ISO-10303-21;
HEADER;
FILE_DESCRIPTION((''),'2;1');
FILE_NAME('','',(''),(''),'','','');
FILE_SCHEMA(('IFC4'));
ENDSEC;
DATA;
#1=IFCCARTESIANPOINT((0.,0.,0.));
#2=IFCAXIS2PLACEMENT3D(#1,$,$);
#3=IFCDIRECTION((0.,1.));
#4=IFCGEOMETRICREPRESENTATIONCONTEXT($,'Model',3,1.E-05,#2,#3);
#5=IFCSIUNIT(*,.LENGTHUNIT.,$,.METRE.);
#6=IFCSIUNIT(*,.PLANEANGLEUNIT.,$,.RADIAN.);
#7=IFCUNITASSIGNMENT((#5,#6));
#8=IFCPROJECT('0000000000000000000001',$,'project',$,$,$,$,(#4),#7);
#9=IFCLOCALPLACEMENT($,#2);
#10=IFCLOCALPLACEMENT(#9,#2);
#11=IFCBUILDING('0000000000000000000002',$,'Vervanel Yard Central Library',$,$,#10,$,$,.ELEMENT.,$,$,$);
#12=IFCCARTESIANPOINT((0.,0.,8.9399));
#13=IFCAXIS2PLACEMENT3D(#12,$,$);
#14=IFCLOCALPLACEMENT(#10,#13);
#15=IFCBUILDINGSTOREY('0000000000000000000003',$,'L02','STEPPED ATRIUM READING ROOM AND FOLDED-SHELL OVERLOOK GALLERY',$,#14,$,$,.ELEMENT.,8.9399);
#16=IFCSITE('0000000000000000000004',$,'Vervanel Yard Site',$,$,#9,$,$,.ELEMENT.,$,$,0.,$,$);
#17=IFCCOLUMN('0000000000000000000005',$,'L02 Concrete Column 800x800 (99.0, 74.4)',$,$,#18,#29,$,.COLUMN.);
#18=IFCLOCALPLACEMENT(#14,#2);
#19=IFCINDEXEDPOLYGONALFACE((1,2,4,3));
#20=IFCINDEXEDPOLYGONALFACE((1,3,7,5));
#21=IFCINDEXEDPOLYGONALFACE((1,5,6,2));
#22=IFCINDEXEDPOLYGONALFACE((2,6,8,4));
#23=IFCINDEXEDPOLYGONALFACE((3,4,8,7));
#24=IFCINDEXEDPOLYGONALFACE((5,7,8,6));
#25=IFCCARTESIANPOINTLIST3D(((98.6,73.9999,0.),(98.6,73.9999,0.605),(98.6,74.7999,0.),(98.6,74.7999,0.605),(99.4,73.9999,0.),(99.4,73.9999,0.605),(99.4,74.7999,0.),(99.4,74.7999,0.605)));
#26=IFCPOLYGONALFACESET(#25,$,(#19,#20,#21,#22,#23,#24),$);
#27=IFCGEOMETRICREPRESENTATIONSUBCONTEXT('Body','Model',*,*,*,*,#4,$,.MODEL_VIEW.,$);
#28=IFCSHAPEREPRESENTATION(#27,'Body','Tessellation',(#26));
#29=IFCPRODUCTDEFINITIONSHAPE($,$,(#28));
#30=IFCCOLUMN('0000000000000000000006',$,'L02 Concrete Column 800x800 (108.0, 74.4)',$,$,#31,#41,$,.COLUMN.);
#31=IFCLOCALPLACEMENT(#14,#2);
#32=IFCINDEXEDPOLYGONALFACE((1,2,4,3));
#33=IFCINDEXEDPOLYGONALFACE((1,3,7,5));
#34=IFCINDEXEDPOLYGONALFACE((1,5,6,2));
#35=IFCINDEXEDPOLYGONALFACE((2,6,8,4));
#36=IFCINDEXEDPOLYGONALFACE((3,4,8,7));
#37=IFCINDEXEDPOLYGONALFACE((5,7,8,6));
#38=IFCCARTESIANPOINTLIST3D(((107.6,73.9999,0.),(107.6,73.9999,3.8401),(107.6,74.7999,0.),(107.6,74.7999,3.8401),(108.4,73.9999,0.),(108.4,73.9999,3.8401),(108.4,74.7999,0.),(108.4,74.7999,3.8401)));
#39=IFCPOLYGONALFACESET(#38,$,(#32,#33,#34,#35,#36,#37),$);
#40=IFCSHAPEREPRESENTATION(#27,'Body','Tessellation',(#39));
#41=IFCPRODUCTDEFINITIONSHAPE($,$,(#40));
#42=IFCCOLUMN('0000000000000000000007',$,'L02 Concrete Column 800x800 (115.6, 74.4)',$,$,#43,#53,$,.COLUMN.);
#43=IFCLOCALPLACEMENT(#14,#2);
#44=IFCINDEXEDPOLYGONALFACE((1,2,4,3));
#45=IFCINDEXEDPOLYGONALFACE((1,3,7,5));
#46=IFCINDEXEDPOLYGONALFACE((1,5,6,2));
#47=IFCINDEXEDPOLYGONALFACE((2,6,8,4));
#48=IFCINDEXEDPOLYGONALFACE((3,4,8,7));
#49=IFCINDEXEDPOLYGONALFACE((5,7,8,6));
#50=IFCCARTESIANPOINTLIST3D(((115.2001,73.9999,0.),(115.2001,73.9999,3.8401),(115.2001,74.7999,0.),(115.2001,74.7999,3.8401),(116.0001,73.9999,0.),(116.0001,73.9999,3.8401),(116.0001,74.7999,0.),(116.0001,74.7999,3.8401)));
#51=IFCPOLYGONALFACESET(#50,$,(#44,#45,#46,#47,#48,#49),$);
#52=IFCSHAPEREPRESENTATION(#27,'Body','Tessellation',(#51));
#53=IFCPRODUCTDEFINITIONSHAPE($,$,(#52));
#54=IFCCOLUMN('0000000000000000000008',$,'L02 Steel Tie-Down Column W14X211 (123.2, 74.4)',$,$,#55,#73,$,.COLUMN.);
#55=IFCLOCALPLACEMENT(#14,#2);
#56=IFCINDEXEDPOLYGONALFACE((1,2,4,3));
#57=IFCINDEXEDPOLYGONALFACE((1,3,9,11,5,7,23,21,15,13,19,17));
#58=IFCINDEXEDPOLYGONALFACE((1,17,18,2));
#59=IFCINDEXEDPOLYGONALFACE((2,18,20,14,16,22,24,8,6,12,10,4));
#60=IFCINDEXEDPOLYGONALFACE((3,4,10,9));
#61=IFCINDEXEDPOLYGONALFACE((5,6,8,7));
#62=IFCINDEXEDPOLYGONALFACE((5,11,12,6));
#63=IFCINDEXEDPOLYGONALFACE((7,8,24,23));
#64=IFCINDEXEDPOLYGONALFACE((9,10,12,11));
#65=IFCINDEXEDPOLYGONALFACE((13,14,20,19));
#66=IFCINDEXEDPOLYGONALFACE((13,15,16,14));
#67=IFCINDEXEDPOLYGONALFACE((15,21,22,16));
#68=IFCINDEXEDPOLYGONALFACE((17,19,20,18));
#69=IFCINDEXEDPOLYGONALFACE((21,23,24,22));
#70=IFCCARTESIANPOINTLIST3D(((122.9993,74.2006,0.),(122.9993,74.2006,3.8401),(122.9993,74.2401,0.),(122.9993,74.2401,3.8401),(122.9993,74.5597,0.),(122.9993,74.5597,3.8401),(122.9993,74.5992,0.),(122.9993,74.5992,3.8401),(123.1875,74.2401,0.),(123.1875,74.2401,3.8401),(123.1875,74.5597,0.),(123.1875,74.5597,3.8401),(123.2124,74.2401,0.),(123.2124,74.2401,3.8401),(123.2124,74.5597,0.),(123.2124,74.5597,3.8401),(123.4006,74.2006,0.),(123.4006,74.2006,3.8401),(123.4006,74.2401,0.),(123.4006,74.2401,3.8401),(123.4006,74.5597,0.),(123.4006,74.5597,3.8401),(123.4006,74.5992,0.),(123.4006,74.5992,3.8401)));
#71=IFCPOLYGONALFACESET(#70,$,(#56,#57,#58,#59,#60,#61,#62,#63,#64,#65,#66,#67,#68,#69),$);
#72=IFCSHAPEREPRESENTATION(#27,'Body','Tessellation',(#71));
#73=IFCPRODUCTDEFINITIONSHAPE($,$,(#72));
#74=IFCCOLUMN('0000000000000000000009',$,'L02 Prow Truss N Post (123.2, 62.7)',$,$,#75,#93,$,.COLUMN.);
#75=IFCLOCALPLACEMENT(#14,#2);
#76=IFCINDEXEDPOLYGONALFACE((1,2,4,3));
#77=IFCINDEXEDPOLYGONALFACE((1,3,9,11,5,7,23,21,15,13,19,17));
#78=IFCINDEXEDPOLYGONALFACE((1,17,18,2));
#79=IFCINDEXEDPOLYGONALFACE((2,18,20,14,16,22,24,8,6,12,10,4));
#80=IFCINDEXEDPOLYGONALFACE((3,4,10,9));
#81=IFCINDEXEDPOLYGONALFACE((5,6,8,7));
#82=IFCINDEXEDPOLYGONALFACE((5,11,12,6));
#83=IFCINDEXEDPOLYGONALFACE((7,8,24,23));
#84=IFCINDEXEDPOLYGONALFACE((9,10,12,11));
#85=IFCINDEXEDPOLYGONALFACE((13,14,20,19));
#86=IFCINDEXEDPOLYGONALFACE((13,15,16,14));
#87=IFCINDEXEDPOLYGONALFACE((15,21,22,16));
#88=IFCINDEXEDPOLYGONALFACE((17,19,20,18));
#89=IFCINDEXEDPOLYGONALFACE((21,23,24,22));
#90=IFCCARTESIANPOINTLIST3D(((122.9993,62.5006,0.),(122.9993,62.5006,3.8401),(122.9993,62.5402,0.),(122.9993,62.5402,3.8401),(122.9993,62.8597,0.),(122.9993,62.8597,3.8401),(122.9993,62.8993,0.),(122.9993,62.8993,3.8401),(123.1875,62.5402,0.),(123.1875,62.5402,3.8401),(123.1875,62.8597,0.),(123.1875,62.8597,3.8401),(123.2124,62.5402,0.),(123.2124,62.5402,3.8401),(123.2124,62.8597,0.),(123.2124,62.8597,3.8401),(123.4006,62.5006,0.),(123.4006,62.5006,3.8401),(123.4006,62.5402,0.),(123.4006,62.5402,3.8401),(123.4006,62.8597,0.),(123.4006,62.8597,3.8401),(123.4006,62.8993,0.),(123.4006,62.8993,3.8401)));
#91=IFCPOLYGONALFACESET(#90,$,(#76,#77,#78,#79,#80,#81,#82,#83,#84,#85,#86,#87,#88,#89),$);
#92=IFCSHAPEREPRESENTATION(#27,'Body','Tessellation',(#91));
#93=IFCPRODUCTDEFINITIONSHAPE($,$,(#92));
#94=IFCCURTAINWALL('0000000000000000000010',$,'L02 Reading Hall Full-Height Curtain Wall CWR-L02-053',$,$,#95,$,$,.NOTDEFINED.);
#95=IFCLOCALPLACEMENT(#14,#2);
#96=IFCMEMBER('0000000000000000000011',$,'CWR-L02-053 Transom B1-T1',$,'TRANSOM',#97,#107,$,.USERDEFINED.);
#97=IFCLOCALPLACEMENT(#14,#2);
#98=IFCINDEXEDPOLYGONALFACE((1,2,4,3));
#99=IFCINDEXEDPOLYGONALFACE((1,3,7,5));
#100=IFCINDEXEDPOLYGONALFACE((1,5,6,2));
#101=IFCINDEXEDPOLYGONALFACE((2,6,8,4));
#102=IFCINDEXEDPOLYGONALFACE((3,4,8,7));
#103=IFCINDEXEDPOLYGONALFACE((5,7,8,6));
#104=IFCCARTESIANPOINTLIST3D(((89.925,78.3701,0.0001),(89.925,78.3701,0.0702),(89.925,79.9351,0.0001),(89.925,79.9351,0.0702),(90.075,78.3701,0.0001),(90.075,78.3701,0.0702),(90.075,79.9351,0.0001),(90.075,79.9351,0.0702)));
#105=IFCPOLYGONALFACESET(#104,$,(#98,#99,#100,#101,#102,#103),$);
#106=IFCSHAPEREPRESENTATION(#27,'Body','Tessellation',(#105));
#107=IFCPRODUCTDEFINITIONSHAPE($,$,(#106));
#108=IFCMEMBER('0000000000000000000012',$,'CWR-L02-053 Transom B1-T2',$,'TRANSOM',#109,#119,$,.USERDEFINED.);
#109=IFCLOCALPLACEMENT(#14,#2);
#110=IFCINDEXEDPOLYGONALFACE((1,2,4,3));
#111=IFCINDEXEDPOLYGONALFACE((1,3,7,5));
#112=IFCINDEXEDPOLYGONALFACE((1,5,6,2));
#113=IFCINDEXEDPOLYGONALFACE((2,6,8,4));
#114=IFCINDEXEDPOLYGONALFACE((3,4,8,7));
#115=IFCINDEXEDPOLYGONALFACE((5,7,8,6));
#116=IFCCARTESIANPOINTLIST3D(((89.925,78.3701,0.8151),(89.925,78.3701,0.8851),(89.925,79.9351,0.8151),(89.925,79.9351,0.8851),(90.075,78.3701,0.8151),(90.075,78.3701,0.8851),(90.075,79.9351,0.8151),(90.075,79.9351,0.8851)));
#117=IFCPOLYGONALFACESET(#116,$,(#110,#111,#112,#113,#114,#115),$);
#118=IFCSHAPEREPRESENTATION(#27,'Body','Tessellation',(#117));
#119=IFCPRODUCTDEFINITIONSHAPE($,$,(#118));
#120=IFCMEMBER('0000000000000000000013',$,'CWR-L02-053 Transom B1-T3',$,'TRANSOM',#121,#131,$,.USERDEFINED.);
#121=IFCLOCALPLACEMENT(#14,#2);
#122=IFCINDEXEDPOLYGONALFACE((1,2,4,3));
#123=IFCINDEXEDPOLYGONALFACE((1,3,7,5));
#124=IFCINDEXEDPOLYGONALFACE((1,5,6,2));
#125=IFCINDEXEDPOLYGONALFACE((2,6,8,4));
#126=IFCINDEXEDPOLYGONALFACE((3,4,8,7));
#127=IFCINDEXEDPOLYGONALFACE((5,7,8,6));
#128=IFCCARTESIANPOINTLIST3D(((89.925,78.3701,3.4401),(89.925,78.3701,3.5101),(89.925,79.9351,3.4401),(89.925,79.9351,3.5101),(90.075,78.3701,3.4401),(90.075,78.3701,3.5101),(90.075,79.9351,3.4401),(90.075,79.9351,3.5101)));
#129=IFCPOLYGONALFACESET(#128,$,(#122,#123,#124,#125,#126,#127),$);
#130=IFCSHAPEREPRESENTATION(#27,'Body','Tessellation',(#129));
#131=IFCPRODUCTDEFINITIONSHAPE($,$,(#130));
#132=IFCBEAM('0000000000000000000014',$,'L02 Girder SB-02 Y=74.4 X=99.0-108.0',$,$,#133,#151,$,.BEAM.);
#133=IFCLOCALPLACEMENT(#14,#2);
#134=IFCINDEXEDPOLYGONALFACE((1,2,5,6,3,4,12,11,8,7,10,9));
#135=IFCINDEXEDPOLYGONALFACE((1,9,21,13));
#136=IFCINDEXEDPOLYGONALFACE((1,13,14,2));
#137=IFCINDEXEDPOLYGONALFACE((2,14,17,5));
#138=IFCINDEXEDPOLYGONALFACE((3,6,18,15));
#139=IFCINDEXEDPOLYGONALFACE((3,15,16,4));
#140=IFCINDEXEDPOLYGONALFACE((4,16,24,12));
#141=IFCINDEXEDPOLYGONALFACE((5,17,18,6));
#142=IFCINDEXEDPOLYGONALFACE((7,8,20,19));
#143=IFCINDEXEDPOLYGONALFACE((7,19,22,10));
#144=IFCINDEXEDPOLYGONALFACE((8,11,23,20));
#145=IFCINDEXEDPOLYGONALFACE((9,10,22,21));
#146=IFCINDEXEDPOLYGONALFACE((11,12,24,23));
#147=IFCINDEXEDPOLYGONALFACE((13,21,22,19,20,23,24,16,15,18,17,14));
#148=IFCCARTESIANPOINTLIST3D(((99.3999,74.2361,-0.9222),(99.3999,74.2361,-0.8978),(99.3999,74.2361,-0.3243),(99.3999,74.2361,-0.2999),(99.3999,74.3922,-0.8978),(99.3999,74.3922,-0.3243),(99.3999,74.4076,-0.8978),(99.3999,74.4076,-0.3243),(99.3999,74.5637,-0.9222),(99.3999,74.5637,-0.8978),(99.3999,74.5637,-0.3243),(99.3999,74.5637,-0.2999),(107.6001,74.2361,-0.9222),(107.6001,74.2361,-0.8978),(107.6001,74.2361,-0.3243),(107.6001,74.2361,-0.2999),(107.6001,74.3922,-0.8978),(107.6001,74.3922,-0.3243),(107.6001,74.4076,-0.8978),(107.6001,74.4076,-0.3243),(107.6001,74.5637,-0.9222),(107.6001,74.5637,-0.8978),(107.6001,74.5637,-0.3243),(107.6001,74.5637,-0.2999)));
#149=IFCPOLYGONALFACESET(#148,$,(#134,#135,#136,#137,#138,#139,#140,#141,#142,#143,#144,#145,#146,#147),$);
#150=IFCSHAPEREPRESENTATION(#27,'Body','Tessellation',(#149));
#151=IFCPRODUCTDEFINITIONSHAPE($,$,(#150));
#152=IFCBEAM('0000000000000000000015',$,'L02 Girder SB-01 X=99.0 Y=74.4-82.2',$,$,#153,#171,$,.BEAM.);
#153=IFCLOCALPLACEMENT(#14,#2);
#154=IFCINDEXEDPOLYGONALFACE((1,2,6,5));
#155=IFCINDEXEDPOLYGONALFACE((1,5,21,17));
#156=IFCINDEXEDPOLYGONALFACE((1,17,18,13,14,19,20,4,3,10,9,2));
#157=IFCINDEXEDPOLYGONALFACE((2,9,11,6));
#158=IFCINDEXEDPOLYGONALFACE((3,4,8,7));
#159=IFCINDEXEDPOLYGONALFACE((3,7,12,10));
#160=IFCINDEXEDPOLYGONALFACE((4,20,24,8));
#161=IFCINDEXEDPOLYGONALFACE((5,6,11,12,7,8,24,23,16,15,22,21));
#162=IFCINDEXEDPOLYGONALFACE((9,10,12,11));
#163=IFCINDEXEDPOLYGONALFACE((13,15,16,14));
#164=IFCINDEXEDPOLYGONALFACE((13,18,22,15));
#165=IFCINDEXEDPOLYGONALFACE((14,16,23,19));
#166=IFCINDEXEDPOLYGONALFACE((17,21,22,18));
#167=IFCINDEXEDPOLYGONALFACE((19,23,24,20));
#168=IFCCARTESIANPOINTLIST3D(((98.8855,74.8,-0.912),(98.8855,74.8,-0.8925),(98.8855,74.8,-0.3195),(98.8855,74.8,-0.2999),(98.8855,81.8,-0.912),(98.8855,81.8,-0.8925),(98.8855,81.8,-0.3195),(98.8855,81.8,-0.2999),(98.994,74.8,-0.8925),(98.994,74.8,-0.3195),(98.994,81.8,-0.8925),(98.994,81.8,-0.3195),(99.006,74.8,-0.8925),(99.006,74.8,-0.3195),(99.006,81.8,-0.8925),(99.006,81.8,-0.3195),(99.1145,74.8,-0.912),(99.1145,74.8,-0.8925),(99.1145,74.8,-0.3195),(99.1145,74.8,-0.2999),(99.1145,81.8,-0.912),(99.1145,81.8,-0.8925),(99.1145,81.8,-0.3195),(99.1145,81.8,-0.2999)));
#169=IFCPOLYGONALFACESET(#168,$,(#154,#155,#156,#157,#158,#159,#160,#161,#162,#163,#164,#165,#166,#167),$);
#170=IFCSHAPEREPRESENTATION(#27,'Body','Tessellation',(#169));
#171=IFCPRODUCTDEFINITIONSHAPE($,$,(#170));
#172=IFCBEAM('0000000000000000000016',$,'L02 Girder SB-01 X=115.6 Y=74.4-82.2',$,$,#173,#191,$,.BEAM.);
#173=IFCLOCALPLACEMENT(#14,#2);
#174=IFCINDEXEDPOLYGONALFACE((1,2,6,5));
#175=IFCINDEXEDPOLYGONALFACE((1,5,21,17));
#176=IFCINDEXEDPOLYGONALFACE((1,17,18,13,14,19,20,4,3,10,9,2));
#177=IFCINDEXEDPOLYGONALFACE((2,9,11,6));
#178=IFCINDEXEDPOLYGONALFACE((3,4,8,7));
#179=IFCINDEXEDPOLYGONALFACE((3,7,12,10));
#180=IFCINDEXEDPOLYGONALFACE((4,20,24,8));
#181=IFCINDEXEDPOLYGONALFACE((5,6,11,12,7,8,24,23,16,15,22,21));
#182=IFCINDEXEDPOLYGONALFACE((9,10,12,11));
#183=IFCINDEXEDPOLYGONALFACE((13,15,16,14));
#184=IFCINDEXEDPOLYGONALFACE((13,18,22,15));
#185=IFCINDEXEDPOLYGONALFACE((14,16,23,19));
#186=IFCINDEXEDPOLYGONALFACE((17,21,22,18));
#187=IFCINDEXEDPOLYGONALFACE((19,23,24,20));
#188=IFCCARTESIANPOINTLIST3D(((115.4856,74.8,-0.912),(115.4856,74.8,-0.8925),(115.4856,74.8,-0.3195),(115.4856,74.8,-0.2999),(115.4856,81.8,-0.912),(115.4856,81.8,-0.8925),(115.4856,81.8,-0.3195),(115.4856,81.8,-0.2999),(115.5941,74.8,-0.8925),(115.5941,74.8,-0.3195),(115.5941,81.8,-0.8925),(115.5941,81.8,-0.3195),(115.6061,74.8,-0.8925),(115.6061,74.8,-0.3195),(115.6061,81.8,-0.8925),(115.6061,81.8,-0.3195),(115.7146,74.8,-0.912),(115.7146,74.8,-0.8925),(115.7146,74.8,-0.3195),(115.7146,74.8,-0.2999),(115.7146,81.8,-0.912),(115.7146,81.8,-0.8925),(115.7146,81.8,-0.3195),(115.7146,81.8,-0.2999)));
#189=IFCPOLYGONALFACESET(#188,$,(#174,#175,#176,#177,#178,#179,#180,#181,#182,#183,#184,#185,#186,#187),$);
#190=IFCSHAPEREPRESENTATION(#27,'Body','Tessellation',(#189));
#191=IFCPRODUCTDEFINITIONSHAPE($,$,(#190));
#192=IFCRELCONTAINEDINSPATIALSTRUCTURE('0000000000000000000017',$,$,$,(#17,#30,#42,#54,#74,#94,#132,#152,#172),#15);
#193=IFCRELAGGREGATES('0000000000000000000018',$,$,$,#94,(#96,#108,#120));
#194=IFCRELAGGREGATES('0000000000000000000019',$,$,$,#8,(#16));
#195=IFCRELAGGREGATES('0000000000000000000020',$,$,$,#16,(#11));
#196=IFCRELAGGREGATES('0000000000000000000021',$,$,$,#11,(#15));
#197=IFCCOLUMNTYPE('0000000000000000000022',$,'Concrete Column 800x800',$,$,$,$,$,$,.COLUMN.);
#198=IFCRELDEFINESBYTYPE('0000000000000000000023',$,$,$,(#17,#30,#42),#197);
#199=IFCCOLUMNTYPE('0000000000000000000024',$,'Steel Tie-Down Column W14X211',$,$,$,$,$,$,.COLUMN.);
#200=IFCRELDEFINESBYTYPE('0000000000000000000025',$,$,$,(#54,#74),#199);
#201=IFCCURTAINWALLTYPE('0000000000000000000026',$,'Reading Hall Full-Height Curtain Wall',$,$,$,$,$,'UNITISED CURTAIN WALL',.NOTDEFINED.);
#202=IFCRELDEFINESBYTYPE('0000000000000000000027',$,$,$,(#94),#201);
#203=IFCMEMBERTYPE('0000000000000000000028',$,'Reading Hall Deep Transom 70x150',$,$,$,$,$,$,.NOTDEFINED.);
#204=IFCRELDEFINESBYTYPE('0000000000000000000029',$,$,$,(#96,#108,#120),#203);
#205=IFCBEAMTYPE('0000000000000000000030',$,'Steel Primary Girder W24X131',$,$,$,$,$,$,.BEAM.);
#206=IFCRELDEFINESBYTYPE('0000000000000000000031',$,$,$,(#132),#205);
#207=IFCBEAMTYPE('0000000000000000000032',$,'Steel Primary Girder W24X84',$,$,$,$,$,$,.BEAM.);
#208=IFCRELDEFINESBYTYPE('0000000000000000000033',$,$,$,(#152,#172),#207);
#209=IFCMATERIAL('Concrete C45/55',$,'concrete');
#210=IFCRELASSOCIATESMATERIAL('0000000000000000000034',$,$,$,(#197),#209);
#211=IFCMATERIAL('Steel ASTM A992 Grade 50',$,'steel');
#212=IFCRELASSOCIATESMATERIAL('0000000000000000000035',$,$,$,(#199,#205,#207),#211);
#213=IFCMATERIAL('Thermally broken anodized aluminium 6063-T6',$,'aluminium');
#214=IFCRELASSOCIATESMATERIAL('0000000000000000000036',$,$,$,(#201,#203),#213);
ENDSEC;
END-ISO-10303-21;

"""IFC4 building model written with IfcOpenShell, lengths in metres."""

from ifc_helpers import new_model, si_unit, direction, frame, origin, origin_2d, place, context, subcontext, project, spatial, rectangle, i_section, extrude, material, material_profile, profile_set, type_object, element, aggregate, save


model = new_model("IFC4")

# Units and contexts
model_context = context("Model", 3, precision=1e-05, world=origin(), true_north=direction((0.0, 1.0)))
body_context = subcontext(model_context, "Body", "Model", "MODEL_VIEW")
ifc_project = project(units=[si_unit("LENGTHUNIT", "METRE"), si_unit("PLANEANGLEUNIT", "RADIAN")], contexts=[model_context])

# Site, building, storey
site_placement = place(None, origin())
site = spatial("IfcSite", under=ifc_project, at=site_placement, Name="Vervanel Yard Site", CompositionType="ELEMENT", RefElevation=0.0)
building_placement = place(site_placement, origin())
building = spatial("IfcBuilding", under=site, at=building_placement, Name="Vervanel Yard Central Library", CompositionType="ELEMENT")
storey_placement = place(building_placement, frame((0.0, 0.0, 8.9399)))
storey = spatial("IfcBuildingStorey", under=building, at=storey_placement, Name="L02", Description="STEPPED ATRIUM READING ROOM AND FOLDED-SHELL OVERLOOK GALLERY", CompositionType="ELEMENT", Elevation=8.9399)

# Columns
ifc_material_1 = material(Name="Concrete C45/55", Category="concrete")
ifc_material_profile_1 = material_profile(ifc_material_1, rectangle(XDim=0.8, YDim=0.8, at=origin_2d()), Name="RC 800x800", Category="concrete")
ifc_profile_set_1 = profile_set([ifc_material_profile_1], Name="Concrete C45/55")
column_type_1 = type_object("IfcColumnType", Name="Concrete Column 800x800", PredefinedType="COLUMN", material=ifc_profile_set_1)
column_placement = place(storey_placement, frame((99.0, 74.3999, 0.0), z_axis=(0.0, 0.0, 1.0), x_axis=(1.0, 0.0, 0.0)))
element("IfcColumn", 1, at=column_placement, inside=storey, type_object=column_type_1, Name="L02 Concrete Column 800x800 (99.0, 74.4)", PredefinedType="COLUMN", context=body_context, shape_type="SweptSolid", body=[
    extrude(rectangle(XDim=0.8, YDim=0.8, at=origin_2d()), origin(), (0.0, 0.0, 1.0), 0.605),
])
for number, where, z_axis, x_axis, name in (
    (2, (108.0, 74.3999, 0.0), (0.0, 0.0, 1.0), (1.0, 0.0, 0.0), "L02 Concrete Column 800x800 (108.0, 74.4)"),
    (3, (115.6001, 74.3999, 0.0), (0.0, 0.0, 1.0), (1.0, 0.0, 0.0), "L02 Concrete Column 800x800 (115.6, 74.4)"),
):
    element("IfcColumn", number, at=place(storey_placement, frame(where, z_axis=z_axis, x_axis=x_axis)), inside=storey, type_object=column_type_1, Name=name, PredefinedType="COLUMN", context=body_context, shape_type="SweptSolid", body=[
        extrude(rectangle(XDim=0.8, YDim=0.8, at=origin_2d()), origin(), (0.0, 0.0, 1.0), 3.8401),
    ])
ifc_material_2 = material(Name="Steel ASTM A992 Grade 50", Category="steel")
ifc_material_profile_2 = material_profile(ifc_material_2, i_section(OverallWidth=0.4014, OverallDepth=0.3987, WebThickness=0.0249, FlangeThickness=0.0396, at=origin_2d()), Name="W14X211", Category="steel")
ifc_profile_set_2 = profile_set([ifc_material_profile_2], Name="Steel ASTM A992 Grade 50")
column_type_2 = type_object("IfcColumnType", Name="Steel Tie-Down Column W14X211", PredefinedType="COLUMN", material=ifc_profile_set_2)
for number, where, z_axis, x_axis, name in (
    (4, (123.2, 74.3999, 0.0), (0.0, 0.0, 1.0), (1.0, 0.0, 0.0), "L02 Steel Tie-Down Column W14X211 (123.2, 74.4)"),
    (5, (123.2, 62.7, 0.0), (0.0, 0.0, 1.0), (1.0, 0.0, 0.0), "L02 Prow Truss N Post (123.2, 62.7)"),
):
    element("IfcColumn", number, at=place(storey_placement, frame(where, z_axis=z_axis, x_axis=x_axis)), inside=storey, type_object=column_type_2, Name=name, PredefinedType="COLUMN", context=body_context, shape_type="SweptSolid", body=[
        extrude(i_section(OverallWidth=0.4014, OverallDepth=0.3987, WebThickness=0.0249, FlangeThickness=0.0396, at=origin_2d()), origin(), (0.0, 0.0, 1.0), 3.8401),
    ])

# Curtain wall, members
ifc_material_3 = material(Name="Thermally broken anodized aluminium 6063-T6", Category="aluminium")
curtain_wall_type = type_object("IfcCurtainWallType", Name="Reading Hall Full-Height Curtain Wall", ElementType="UNITISED CURTAIN WALL", PredefinedType="NOTDEFINED", material=ifc_material_3)
curtain_wall_placement = place(storey_placement, origin())
curtain_wall = element("IfcCurtainWall", 6, at=curtain_wall_placement, inside=storey, type_object=curtain_wall_type, Name="L02 Reading Hall Full-Height Curtain Wall CWR-L02-053", PredefinedType="NOTDEFINED")
ifc_material_profile_3 = material_profile(ifc_material_3, rectangle(XDim=0.0701, YDim=0.1499, at=origin_2d()), Name="ALU 70x150", Category="aluminium")
ifc_profile_set_3 = profile_set([ifc_material_profile_3], Name="Thermally broken anodized aluminium 6063-T6")
member_type = type_object("IfcMemberType", Name="Reading Hall Deep Transom 70x150", PredefinedType="NOTDEFINED", material=ifc_profile_set_3)
member_1_placement = place(storey_placement, frame((90.0, 78.3701, 0.0352), z_axis=(0.0, 1.0, 0.0), x_axis=(0.0, 0.0, 1.0)))
member_1 = element("IfcMember", 7, at=member_1_placement, type_object=member_type, Name="CWR-L02-053 Transom B1-T1", ObjectType="TRANSOM", PredefinedType="USERDEFINED", context=body_context, shape_type="SweptSolid", body=[
    extrude(rectangle(XDim=0.0701, YDim=0.1499, at=origin_2d()), origin(), (0.0, 0.0, 1.0), 1.5649),
])
member_2_placement = place(storey_placement, frame((90.0, 78.3701, 0.8501), z_axis=(0.0, 1.0, 0.0), x_axis=(0.0, 0.0, 1.0)))
member_2 = element("IfcMember", 8, at=member_2_placement, type_object=member_type, Name="CWR-L02-053 Transom B1-T2", ObjectType="TRANSOM", PredefinedType="USERDEFINED", context=body_context, shape_type="SweptSolid", body=[
    extrude(rectangle(XDim=0.0701, YDim=0.1499, at=origin_2d()), origin(), (0.0, 0.0, 1.0), 1.5649),
])
member_3_placement = place(storey_placement, frame((90.0, 78.3701, 3.4751), z_axis=(0.0, 1.0, 0.0), x_axis=(0.0, 0.0, 1.0)))
member_3 = element("IfcMember", 9, at=member_3_placement, type_object=member_type, Name="CWR-L02-053 Transom B1-T3", ObjectType="TRANSOM", PredefinedType="USERDEFINED", context=body_context, shape_type="SweptSolid", body=[
    extrude(rectangle(XDim=0.0701, YDim=0.1499, at=origin_2d()), origin(), (0.0, 0.0, 1.0), 1.5649),
])
aggregate(curtain_wall, [member_1, member_2, member_3])

# Beams
ifc_material_profile_4 = material_profile(ifc_material_2, i_section(OverallWidth=0.3276, OverallDepth=0.6223, WebThickness=0.0154, FlangeThickness=0.0244, at=origin_2d()), Name="W24X131", Category="steel")
ifc_profile_set_4 = profile_set([ifc_material_profile_4], Name="Steel ASTM A992 Grade 50")
beam_type_1 = type_object("IfcBeamType", Name="Steel Primary Girder W24X131", PredefinedType="BEAM", material=ifc_profile_set_4)
beam_1_placement = place(storey_placement, frame((99.3999, 74.3999, -0.6111), z_axis=(1.0, 0.0, 0.0), x_axis=(0.0, 1.0, 0.0)))
element("IfcBeam", 10, at=beam_1_placement, inside=storey, type_object=beam_type_1, Name="L02 Girder SB-02 Y=74.4 X=99.0-108.0", PredefinedType="BEAM", context=body_context, shape_type="SweptSolid", body=[
    extrude(i_section(OverallWidth=0.3276, OverallDepth=0.6223, WebThickness=0.0154, FlangeThickness=0.0244, at=origin_2d()), origin(), (0.0, 0.0, 1.0), 8.2002),
])
ifc_material_profile_5 = material_profile(ifc_material_2, i_section(OverallWidth=0.229, OverallDepth=0.6121, WebThickness=0.012, FlangeThickness=0.0195, at=origin_2d()), Name="W24X84", Category="steel")
ifc_profile_set_5 = profile_set([ifc_material_profile_5], Name="Steel ASTM A992 Grade 50")
beam_type_2 = type_object("IfcBeamType", Name="Steel Primary Girder W24X84", PredefinedType="BEAM", material=ifc_profile_set_5)
for number, where, z_axis, x_axis, name in (
    (11, (99.0, 74.8, -0.606), (0.0, 1.0, 0.0), (-1.0, 0.0, 0.0), "L02 Girder SB-01 X=99.0 Y=74.4-82.2"),
    (12, (115.6001, 74.8, -0.606), (0.0, 1.0, 0.0), (-1.0, 0.0, 0.0), "L02 Girder SB-01 X=115.6 Y=74.4-82.2"),
):
    element("IfcBeam", number, at=place(storey_placement, frame(where, z_axis=z_axis, x_axis=x_axis)), inside=storey, type_object=beam_type_2, Name=name, PredefinedType="BEAM", context=body_context, shape_type="SweptSolid", body=[
        extrude(i_section(OverallWidth=0.229, OverallDepth=0.6121, WebThickness=0.012, FlangeThickness=0.0195, at=origin_2d()), origin(), (0.0, 0.0, 1.0), 7.0),
    ])

save(model, "model.ifc")
